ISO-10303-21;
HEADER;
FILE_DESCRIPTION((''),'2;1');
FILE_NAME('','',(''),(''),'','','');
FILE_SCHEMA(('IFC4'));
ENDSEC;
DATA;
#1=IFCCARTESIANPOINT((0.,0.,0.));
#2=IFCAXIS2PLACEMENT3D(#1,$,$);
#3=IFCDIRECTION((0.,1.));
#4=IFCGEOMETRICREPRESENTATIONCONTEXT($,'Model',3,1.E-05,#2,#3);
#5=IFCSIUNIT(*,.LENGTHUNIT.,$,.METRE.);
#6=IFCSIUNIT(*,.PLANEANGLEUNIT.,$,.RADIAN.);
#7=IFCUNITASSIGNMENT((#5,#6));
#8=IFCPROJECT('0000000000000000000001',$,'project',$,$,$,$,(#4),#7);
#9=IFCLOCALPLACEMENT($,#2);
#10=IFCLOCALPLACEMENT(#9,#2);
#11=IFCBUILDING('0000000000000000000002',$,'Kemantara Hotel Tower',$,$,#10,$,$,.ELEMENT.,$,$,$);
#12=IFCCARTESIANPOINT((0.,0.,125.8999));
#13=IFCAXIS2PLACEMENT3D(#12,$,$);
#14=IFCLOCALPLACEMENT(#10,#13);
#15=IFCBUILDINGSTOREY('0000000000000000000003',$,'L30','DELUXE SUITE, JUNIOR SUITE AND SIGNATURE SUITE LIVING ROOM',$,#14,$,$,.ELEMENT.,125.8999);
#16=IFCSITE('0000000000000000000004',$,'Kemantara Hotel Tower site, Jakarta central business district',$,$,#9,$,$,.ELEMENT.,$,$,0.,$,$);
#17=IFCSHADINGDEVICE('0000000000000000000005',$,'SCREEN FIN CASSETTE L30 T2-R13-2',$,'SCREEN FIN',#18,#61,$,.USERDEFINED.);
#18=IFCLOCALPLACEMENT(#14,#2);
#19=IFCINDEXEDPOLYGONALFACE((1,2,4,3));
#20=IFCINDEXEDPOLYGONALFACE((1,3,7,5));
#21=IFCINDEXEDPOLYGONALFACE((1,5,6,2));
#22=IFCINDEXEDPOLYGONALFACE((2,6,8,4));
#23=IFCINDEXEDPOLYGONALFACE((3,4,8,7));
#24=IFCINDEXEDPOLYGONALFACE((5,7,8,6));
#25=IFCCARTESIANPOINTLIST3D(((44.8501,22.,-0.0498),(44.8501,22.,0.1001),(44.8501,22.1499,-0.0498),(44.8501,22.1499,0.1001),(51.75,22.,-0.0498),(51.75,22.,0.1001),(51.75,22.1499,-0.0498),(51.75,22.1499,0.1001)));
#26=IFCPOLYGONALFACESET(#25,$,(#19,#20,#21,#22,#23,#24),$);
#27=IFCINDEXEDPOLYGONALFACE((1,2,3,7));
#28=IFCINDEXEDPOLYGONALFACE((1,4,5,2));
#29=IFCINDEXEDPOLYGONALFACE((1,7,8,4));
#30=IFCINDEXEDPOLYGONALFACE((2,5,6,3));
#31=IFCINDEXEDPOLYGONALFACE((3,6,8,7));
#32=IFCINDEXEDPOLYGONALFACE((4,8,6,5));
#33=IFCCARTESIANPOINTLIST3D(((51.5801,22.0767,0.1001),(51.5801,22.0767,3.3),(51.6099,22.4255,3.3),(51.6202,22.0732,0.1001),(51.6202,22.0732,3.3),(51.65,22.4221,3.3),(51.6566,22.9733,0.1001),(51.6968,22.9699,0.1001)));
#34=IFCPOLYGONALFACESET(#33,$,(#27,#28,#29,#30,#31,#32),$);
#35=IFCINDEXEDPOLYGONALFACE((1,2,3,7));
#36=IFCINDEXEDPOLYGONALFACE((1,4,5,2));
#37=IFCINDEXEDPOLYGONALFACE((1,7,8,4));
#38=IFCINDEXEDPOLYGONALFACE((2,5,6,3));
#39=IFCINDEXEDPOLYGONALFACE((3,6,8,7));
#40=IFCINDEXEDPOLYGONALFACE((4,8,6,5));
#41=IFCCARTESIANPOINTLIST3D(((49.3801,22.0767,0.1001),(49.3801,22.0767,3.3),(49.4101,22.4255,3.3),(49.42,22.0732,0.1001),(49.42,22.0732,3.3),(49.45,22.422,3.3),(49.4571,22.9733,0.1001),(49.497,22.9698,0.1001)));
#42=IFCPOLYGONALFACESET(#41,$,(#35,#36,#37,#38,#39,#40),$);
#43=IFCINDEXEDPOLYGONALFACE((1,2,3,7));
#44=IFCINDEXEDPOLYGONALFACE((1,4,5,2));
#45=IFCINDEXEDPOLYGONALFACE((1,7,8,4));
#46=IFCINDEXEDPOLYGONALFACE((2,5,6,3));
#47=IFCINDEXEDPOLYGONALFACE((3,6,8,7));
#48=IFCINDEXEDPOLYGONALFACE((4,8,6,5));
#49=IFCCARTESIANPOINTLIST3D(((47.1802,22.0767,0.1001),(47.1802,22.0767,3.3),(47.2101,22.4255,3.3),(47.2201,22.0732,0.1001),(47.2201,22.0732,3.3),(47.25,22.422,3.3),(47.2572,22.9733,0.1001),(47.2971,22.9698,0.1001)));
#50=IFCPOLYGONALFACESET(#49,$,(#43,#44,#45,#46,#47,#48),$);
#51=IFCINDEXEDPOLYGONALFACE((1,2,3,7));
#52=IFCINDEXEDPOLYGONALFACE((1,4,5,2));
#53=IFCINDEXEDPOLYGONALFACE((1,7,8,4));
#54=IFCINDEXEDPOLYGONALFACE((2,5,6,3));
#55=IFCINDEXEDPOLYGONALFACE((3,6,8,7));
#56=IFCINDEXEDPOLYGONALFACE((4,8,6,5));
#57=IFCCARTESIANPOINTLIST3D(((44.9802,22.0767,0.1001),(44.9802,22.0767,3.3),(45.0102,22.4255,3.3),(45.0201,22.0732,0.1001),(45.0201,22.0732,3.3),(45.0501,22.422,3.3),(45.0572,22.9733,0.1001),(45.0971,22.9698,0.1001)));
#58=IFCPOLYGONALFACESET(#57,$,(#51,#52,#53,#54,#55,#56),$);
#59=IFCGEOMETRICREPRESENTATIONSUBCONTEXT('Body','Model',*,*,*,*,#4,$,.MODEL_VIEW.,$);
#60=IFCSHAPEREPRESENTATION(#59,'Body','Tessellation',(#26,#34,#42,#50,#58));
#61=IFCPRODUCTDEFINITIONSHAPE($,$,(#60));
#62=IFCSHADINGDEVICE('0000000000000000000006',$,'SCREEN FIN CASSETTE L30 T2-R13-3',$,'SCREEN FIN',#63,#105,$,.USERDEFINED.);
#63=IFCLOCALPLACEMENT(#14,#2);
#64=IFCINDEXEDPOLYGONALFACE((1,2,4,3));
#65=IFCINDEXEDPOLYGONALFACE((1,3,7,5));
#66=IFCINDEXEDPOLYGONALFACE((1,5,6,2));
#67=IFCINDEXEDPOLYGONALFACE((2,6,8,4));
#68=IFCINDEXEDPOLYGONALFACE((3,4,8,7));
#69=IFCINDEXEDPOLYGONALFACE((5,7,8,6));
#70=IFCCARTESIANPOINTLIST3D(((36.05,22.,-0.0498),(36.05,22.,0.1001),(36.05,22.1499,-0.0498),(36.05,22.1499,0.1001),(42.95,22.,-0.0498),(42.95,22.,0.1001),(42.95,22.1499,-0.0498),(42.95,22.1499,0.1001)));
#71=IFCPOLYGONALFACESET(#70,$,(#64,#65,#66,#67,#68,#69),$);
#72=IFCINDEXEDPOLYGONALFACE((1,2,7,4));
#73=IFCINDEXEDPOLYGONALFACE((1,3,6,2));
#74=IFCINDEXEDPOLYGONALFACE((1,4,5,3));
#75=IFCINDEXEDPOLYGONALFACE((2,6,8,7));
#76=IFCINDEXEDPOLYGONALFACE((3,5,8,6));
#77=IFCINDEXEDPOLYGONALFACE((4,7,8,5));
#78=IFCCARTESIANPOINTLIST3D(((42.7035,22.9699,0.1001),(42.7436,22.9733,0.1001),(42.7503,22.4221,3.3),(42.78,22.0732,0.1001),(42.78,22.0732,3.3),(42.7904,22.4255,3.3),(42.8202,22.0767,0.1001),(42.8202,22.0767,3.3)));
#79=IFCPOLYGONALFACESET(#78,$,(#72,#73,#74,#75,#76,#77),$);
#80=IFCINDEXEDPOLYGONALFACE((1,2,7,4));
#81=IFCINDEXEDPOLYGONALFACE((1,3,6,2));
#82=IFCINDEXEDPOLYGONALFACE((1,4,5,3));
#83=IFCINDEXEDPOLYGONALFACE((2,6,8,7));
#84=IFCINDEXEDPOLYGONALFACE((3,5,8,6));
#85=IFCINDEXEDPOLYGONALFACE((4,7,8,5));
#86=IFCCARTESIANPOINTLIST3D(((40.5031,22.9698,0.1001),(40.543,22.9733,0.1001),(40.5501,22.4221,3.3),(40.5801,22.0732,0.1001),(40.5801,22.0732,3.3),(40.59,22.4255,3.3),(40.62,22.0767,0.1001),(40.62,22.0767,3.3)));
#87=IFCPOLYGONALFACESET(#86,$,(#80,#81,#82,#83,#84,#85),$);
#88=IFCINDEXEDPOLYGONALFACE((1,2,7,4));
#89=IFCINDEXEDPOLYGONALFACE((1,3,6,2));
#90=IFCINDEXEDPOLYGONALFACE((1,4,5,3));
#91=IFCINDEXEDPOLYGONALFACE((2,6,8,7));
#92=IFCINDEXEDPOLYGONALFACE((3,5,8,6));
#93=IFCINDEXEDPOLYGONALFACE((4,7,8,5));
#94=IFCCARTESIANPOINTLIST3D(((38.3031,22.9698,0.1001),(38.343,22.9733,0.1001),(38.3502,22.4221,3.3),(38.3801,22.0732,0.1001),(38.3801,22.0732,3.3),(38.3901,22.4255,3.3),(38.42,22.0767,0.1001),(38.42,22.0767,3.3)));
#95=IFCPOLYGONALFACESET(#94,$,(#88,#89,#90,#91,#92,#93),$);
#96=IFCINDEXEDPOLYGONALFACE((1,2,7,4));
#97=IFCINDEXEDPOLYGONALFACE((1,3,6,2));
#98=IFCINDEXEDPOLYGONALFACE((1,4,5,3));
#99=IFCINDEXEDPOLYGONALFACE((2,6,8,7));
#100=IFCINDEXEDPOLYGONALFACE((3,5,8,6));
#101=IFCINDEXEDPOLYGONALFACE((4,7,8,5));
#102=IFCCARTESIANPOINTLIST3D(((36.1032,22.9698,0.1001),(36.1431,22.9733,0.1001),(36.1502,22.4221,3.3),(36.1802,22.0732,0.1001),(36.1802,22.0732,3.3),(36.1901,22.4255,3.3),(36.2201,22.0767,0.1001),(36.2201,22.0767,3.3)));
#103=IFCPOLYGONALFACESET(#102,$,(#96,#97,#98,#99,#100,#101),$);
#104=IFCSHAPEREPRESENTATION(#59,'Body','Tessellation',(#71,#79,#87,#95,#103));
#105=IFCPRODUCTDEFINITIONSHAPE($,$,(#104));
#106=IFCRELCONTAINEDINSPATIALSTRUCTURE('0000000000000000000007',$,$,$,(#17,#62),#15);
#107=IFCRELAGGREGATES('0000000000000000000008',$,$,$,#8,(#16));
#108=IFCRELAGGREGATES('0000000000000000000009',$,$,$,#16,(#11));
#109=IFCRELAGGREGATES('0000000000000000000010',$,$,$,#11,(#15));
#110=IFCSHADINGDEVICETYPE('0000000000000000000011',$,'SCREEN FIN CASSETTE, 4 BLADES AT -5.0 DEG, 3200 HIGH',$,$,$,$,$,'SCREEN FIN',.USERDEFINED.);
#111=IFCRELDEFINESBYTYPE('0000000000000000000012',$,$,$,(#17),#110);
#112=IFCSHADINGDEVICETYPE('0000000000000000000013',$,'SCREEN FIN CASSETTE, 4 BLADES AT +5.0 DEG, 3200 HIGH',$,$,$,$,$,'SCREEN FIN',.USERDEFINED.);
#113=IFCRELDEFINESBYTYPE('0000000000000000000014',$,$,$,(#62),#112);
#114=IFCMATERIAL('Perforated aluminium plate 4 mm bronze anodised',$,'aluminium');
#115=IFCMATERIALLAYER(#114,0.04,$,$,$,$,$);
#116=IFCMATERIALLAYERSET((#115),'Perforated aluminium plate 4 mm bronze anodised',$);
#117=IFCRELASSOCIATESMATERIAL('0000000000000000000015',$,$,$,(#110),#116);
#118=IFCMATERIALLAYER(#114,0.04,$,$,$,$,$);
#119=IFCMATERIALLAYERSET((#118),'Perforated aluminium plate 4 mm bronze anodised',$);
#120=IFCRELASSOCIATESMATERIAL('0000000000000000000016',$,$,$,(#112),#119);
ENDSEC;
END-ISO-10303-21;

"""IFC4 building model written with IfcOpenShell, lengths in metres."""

from ifc_helpers import new_model, si_unit, direction, frame, origin, origin_2d, place, context, subcontext, project, spatial, polyline, rectangle, outline, extrude, source, transform, mapped, material, layer, layer_set, type_object, element, save


model = new_model("IFC4")

# Units and contexts
model_context = context("Model", 3, precision=1e-05, world=origin(), true_north=direction((0.0, 1.0)))
body_context = subcontext(model_context, "Body", "Model", "MODEL_VIEW")
ifc_project = project(units=[si_unit("LENGTHUNIT", "METRE"), si_unit("PLANEANGLEUNIT", "RADIAN")], contexts=[model_context])

# Site, building, storey
site_placement = place(None, origin())
site = spatial("IfcSite", under=ifc_project, at=site_placement, Name="Kemantara Hotel Tower site, Jakarta central business district", CompositionType="ELEMENT", RefElevation=0.0)
building_placement = place(site_placement, origin())
building = spatial("IfcBuilding", under=site, at=building_placement, Name="Kemantara Hotel Tower", CompositionType="ELEMENT")
storey_placement = place(building_placement, frame((0.0, 0.0, 125.8999)))
storey = spatial("IfcBuildingStorey", under=building, at=storey_placement, Name="L30", Description="DELUXE SUITE, JUNIOR SUITE AND SIGNATURE SUITE LIVING ROOM", CompositionType="ELEMENT", Elevation=125.8999)

# Shading devices
ifc_material_1 = material(Name="Perforated aluminium plate 4 mm bronze anodised", Category="aluminium")
ifc_layer_1 = layer(ifc_material_1, 0.04)
ifc_layer_set_1 = layer_set([ifc_layer_1], Name="Perforated aluminium plate 4 mm bronze anodised")
shading_device_type_1 = type_object("IfcShadingDeviceType", Name="SCREEN FIN CASSETTE, 4 BLADES AT -5.0 DEG, 3200 HIGH", ElementType="SCREEN FIN", PredefinedType="USERDEFINED", material=ifc_layer_set_1)
shared_shape_1 = source(origin(), body_context, "Body", "SweptSolid", [
    extrude(rectangle(XDim=6.8999, YDim=0.1499, at=origin_2d()), frame((3.3, -0.075, -0.1499), z_axis=(0.0, 0.0, 1.0), x_axis=(1.0, 0.0, 0.0)), (0.0, 0.0, 1.0), 0.1499),
    extrude(outline(polyline([(0.0, 0.0), (0.8999, 0.0), (0.3501, 3.2), (0.0, 3.2), (0.0, 0.0)])), frame((0.02, -0.0767, 0.0), z_axis=(-0.996376, 0.085056, 0.0), x_axis=(-0.085056, -0.996376, 0.0)), (0.0, 0.0, 1.0), 0.0403),
    extrude(outline(polyline([(0.0, 0.0), (0.8999, 0.0), (0.3501, 3.2), (0.0, 3.2), (0.0, 0.0)])), frame((2.22, -0.0767, 0.0), z_axis=(-0.996332, 0.085575, 0.0), x_axis=(-0.085575, -0.996332, 0.0)), (0.0, 0.0, 1.0), 0.04),
    extrude(outline(polyline([(0.0, 0.0), (0.8999, 0.0), (0.3501, 3.2), (0.0, 3.2), (0.0, 0.0)])), frame((4.4199, -0.0767, 0.0), z_axis=(-0.996332, 0.085575, 0.0), x_axis=(-0.085575, -0.996332, 0.0)), (0.0, 0.0, 1.0), 0.04),
    extrude(outline(polyline([(0.0, 0.0), (0.8999, 0.0), (0.3501, 3.2), (0.0, 3.2), (0.0, 0.0)])), frame((6.6199, -0.0767, 0.0), z_axis=(-0.996332, 0.085575, 0.0), x_axis=(-0.085575, -0.996332, 0.0)), (0.0, 0.0, 1.0), 0.04),
])
shading_device_1_placement = place(storey_placement, frame((51.6001, 22.0, 0.1001), z_axis=(0.0, 0.0, 1.0), x_axis=(-1.0, 0.0, 0.0)))
element("IfcShadingDevice", 1, at=shading_device_1_placement, inside=storey, type_object=shading_device_type_1, Name="SCREEN FIN CASSETTE L30 T2-R13-2", ObjectType="SCREEN FIN", PredefinedType="USERDEFINED", context=body_context, shape_type="MappedRepresentation", body=[
    mapped(shared_shape_1, transform((0.0, 0.0, 0.0))),
])
ifc_layer_2 = layer(ifc_material_1, 0.04)
ifc_layer_set_2 = layer_set([ifc_layer_2], Name="Perforated aluminium plate 4 mm bronze anodised")
shading_device_type_2 = type_object("IfcShadingDeviceType", Name="SCREEN FIN CASSETTE, 4 BLADES AT +5.0 DEG, 3200 HIGH", ElementType="SCREEN FIN", PredefinedType="USERDEFINED", material=ifc_layer_set_2)
shared_shape_2 = source(origin(), body_context, "Body", "SweptSolid", [
    extrude(rectangle(XDim=6.8999, YDim=0.1499, at=origin_2d()), frame((3.3, -0.075, -0.1499), z_axis=(0.0, 0.0, 1.0), x_axis=(1.0, 0.0, 0.0)), (0.0, 0.0, 1.0), 0.1499),
    extrude(outline(polyline([(0.0, 0.0), (0.8999, 0.0), (0.3501, 3.2), (0.0, 3.2), (0.0, 0.0)])), frame((0.02, -0.0732, 0.0), z_axis=(-0.996376, -0.085056, 0.0), x_axis=(0.085056, -0.996376, 0.0)), (0.0, 0.0, 1.0), 0.0403),
    extrude(outline(polyline([(0.0, 0.0), (0.8999, 0.0), (0.3501, 3.2), (0.0, 3.2), (0.0, 0.0)])), frame((2.22, -0.0732, 0.0), z_axis=(-0.996332, -0.085575, 0.0), x_axis=(0.085575, -0.996332, 0.0)), (0.0, 0.0, 1.0), 0.04),
    extrude(outline(polyline([(0.0, 0.0), (0.8999, 0.0), (0.3501, 3.2), (0.0, 3.2), (0.0, 0.0)])), frame((4.4199, -0.0732, 0.0), z_axis=(-0.996332, -0.085575, 0.0), x_axis=(0.085575, -0.996332, 0.0)), (0.0, 0.0, 1.0), 0.04),
    extrude(outline(polyline([(0.0, 0.0), (0.8999, 0.0), (0.3501, 3.2), (0.0, 3.2), (0.0, 0.0)])), frame((6.6199, -0.0732, 0.0), z_axis=(-0.996332, -0.085575, 0.0), x_axis=(0.085575, -0.996332, 0.0)), (0.0, 0.0, 1.0), 0.04),
])
shading_device_2_placement = place(storey_placement, frame((42.8, 22.0, 0.1001), z_axis=(0.0, 0.0, 1.0), x_axis=(-1.0, 0.0, 0.0)))
element("IfcShadingDevice", 2, at=shading_device_2_placement, inside=storey, type_object=shading_device_type_2, Name="SCREEN FIN CASSETTE L30 T2-R13-3", ObjectType="SCREEN FIN", PredefinedType="USERDEFINED", context=body_context, shape_type="MappedRepresentation", body=[
    mapped(shared_shape_2, transform((0.0, 0.0, 0.0))),
])

save(model, "model.ifc")
